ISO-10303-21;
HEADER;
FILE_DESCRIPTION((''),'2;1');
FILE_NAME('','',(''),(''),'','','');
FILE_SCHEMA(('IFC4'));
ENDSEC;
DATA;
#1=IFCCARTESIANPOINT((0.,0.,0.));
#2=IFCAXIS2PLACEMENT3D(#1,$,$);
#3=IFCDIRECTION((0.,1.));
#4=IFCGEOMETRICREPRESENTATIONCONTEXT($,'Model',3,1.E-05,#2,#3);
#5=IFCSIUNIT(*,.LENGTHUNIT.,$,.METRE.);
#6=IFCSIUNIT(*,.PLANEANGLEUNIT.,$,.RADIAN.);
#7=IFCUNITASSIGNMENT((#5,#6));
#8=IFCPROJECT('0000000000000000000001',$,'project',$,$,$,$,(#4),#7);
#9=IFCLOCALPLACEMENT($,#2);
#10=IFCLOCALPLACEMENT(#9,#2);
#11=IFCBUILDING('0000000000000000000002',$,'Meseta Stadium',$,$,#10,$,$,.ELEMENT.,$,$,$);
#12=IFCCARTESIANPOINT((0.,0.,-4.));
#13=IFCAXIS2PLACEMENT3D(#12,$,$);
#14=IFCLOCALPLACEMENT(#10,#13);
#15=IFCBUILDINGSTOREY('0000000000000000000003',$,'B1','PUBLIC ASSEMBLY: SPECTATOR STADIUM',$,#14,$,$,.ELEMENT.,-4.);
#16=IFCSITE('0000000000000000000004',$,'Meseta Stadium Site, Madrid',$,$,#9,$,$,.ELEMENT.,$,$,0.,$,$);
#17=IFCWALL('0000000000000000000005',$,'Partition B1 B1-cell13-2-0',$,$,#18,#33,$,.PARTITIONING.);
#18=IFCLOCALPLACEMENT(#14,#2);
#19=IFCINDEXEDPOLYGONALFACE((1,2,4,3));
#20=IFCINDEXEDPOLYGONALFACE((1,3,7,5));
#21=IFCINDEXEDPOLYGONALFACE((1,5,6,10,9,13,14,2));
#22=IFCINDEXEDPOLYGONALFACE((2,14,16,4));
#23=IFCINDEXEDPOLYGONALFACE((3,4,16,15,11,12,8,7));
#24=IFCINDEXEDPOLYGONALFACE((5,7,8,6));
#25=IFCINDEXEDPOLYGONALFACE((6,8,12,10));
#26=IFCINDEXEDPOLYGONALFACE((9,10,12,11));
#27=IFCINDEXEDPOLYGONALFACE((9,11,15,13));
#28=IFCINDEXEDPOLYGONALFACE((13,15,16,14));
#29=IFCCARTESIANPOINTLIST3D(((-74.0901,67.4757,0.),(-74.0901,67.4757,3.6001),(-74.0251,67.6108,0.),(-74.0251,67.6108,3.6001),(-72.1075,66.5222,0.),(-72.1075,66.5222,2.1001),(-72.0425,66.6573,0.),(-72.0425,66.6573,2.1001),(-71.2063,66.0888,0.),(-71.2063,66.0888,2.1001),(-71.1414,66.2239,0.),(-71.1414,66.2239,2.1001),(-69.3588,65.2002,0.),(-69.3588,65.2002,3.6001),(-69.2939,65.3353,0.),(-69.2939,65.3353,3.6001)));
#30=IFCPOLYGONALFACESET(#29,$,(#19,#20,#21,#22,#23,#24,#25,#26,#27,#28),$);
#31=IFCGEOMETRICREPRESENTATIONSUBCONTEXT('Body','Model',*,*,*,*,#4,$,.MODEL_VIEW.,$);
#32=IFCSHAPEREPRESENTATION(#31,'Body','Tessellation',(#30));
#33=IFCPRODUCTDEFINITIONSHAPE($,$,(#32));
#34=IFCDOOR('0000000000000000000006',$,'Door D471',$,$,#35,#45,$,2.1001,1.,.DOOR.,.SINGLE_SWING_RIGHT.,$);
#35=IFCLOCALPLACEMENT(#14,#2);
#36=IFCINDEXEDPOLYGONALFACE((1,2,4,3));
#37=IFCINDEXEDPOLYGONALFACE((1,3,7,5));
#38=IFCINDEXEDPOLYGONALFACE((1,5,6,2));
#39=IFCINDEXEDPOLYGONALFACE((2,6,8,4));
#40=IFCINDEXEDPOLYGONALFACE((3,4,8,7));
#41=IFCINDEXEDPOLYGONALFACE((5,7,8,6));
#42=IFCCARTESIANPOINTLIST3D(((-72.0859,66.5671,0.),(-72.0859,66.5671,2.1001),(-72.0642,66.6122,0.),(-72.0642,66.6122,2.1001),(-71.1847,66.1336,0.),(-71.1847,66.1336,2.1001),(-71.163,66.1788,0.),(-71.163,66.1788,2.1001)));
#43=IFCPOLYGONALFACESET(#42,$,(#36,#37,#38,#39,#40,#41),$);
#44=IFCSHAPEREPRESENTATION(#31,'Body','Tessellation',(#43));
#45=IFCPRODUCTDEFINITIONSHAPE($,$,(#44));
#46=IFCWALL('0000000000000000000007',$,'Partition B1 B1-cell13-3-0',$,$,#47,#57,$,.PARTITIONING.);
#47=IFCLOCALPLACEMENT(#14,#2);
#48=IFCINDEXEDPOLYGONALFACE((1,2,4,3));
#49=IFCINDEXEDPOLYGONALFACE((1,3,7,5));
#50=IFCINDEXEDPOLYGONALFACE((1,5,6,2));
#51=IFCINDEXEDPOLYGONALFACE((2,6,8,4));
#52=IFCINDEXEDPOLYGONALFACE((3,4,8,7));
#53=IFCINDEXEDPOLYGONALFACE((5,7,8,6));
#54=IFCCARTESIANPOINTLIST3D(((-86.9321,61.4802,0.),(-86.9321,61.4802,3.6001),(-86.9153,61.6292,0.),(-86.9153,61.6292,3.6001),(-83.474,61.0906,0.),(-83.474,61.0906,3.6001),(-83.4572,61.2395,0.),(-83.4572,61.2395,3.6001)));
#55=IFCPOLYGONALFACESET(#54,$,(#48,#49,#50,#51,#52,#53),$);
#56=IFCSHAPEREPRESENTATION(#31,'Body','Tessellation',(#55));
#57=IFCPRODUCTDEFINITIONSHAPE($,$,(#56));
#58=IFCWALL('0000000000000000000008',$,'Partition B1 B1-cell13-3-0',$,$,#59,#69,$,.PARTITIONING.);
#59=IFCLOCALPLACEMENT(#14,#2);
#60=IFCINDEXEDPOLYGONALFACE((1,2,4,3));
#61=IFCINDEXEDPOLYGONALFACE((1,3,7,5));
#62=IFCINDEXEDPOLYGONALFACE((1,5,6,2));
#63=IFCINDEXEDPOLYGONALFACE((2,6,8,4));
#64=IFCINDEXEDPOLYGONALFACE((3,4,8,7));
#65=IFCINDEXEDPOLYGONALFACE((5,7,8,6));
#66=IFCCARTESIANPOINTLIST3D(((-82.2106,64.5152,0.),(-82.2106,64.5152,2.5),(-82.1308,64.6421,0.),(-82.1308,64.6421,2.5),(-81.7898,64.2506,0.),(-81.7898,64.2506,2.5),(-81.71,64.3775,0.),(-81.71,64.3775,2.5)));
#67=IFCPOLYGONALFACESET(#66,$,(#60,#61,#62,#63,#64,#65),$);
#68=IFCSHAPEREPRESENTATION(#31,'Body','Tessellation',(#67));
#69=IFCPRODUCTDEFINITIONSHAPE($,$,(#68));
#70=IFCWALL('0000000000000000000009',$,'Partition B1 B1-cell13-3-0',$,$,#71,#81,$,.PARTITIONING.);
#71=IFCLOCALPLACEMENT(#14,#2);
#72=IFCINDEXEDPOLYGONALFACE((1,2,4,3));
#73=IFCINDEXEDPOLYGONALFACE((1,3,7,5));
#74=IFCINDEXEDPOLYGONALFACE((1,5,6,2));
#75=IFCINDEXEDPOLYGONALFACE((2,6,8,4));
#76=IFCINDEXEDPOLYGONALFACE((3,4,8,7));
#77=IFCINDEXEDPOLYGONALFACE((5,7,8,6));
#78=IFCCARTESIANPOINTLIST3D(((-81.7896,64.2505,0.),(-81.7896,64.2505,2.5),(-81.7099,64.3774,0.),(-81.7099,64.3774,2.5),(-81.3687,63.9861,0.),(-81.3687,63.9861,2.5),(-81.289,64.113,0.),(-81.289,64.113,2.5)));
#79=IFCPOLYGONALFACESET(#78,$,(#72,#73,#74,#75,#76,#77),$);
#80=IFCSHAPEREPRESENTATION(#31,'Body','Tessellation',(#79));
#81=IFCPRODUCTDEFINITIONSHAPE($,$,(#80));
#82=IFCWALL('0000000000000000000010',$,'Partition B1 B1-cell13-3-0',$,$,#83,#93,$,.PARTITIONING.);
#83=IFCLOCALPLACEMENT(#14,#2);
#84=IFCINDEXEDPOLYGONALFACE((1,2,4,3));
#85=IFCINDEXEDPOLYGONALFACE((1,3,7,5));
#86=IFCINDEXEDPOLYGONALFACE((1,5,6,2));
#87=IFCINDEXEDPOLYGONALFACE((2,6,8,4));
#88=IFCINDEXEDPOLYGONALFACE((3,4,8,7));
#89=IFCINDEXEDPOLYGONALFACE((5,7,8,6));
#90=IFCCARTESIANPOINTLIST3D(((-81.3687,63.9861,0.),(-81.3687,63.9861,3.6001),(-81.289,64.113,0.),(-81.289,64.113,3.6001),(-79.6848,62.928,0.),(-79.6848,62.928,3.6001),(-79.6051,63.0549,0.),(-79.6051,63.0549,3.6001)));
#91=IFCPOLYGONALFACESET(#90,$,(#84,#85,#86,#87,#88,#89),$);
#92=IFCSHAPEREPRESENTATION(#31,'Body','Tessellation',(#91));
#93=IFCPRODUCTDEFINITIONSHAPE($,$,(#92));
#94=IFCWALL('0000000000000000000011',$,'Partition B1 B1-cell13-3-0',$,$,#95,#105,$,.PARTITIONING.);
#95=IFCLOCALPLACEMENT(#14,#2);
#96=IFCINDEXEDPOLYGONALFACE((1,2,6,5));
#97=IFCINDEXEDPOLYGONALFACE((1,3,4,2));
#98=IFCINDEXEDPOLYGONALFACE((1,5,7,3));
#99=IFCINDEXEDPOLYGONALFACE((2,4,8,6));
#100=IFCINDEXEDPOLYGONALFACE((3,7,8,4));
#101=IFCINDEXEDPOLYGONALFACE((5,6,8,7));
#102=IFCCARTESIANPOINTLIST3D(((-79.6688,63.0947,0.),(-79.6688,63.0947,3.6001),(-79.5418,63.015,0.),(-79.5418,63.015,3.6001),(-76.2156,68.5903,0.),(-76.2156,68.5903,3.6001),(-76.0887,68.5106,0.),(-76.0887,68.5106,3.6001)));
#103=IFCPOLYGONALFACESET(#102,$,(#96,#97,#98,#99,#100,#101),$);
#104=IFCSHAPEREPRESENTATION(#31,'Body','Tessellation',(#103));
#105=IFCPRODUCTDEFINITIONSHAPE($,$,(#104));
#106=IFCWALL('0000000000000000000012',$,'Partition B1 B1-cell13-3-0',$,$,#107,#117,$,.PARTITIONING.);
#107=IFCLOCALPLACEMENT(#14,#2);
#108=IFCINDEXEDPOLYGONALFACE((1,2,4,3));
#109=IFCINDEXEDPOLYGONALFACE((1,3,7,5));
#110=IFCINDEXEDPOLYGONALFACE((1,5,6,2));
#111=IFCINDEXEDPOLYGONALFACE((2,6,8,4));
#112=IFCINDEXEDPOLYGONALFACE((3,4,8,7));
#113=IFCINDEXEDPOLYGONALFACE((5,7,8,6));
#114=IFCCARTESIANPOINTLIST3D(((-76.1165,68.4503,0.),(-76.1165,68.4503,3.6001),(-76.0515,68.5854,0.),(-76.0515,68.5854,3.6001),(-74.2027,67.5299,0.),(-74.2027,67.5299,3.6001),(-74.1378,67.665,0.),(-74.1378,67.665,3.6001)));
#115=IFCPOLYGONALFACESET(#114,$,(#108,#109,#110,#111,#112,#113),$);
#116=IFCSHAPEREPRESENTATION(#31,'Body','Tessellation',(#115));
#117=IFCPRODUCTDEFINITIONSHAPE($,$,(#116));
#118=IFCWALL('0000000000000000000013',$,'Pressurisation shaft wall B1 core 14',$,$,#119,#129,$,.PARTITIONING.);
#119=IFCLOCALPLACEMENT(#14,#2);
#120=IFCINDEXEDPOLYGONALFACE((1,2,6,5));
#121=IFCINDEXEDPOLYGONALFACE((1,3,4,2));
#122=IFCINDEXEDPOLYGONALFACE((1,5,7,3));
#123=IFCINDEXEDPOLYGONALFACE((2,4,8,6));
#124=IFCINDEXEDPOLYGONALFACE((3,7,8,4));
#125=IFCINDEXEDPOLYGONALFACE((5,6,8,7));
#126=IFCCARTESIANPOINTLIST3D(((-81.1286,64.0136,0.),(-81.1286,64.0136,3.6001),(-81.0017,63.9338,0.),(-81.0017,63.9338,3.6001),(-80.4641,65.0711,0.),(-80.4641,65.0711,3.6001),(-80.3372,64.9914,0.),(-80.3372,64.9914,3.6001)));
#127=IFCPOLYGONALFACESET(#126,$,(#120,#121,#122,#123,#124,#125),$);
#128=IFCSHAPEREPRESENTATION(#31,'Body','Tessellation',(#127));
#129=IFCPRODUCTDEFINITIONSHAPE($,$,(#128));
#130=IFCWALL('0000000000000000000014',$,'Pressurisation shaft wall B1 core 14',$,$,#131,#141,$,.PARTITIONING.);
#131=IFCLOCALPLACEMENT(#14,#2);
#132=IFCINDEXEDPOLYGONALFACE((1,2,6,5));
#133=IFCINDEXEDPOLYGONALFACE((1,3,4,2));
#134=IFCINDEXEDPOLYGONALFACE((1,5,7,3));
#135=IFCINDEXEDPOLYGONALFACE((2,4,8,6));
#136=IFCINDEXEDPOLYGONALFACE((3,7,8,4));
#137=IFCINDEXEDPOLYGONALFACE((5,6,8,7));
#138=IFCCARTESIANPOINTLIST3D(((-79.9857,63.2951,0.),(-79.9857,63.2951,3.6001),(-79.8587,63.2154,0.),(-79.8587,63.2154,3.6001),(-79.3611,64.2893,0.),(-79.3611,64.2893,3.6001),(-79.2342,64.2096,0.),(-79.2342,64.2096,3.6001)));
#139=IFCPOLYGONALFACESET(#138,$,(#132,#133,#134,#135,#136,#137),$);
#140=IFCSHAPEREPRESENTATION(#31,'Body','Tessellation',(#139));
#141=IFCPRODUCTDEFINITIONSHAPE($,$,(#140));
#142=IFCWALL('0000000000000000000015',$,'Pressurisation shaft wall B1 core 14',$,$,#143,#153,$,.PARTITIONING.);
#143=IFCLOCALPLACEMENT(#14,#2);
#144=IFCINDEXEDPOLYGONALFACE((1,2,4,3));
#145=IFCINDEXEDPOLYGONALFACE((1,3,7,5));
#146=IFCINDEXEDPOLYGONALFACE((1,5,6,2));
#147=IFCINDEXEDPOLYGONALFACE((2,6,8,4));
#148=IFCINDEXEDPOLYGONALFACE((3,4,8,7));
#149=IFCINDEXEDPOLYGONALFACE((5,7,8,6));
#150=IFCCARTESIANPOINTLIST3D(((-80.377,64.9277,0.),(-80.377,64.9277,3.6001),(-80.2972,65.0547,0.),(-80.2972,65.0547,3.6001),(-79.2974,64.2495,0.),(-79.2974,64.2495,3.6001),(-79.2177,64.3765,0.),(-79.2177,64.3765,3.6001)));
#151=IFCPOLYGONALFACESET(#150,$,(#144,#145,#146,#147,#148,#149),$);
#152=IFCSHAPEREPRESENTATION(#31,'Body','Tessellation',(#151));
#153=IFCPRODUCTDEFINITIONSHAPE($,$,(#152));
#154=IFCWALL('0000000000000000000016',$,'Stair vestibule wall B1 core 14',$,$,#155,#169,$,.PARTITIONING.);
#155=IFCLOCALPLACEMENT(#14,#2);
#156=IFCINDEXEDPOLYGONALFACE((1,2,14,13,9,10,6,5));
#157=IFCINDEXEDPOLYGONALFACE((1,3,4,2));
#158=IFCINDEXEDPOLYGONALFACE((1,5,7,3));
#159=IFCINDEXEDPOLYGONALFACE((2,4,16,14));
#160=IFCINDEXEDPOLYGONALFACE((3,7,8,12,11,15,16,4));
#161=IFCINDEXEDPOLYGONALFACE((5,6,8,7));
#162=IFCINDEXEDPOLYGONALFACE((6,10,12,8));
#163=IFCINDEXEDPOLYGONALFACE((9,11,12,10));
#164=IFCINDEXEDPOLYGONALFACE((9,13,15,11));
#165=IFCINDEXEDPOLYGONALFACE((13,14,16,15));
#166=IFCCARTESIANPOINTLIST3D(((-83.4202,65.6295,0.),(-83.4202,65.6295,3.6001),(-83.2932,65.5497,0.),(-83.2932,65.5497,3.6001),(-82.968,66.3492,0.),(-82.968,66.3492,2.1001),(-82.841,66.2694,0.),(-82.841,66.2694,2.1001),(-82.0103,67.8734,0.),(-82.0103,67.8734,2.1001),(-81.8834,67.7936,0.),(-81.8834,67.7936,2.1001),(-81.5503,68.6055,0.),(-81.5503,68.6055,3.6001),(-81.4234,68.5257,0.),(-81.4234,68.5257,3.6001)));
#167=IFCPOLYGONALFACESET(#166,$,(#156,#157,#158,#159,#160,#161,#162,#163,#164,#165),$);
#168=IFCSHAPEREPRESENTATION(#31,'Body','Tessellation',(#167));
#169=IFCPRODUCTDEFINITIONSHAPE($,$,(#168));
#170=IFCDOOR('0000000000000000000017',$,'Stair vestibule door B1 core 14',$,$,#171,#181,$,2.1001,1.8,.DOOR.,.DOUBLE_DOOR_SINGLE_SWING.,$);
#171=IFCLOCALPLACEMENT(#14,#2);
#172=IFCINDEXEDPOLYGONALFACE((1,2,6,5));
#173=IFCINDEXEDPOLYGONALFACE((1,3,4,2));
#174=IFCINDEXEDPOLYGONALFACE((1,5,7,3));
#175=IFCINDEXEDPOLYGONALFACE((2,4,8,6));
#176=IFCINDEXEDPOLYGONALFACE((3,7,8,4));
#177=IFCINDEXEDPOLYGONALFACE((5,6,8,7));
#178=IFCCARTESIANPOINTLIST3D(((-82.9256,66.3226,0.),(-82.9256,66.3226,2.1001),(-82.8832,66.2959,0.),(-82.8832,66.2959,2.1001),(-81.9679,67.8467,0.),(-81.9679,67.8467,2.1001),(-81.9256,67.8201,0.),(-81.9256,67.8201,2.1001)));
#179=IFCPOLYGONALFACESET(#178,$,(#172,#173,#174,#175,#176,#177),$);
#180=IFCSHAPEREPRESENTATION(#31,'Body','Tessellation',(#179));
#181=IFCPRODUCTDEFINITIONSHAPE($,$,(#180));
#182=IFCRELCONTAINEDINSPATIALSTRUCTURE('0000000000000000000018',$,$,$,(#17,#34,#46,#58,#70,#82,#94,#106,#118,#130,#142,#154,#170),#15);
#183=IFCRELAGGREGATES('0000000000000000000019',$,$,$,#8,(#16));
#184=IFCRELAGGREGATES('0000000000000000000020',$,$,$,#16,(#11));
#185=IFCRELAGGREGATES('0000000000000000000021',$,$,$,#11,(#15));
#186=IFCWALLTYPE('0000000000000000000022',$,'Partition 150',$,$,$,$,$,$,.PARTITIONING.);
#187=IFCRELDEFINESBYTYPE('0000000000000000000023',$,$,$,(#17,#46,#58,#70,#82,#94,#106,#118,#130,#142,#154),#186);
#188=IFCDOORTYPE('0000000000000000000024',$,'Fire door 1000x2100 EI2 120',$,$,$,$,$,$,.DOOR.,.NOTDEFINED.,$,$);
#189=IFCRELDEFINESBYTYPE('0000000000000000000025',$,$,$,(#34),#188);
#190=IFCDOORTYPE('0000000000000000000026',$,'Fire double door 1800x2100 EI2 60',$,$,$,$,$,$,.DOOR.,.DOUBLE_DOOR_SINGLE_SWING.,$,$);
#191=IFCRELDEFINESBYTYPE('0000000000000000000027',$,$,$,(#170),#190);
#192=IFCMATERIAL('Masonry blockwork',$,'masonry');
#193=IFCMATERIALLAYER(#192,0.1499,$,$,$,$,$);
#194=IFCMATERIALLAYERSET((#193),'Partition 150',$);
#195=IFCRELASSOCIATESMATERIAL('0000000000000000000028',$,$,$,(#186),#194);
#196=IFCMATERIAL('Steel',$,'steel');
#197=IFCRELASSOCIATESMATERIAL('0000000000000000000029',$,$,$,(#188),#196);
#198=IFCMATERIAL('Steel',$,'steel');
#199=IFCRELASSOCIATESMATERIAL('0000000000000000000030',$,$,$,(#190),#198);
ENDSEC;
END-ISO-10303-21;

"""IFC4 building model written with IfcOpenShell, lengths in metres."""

from ifc_helpers import new_model, si_unit, direction, frame, frame_2d, origin, place, context, subcontext, project, spatial, rectangle, extrude, material, layer, layer_set, type_object, element, fill, save


model = new_model("IFC4")

# Units and contexts
model_context = context("Model", 3, precision=1e-05, world=origin(), true_north=direction((0.0, 1.0)))
body_context = subcontext(model_context, "Body", "Model", "MODEL_VIEW")
ifc_project = project(units=[si_unit("LENGTHUNIT", "METRE"), si_unit("PLANEANGLEUNIT", "RADIAN")], contexts=[model_context])

# Site, building, storey
site_placement = place(None, origin())
site = spatial("IfcSite", under=ifc_project, at=site_placement, Name="Meseta Stadium Site, Madrid", CompositionType="ELEMENT", RefElevation=0.0)
building_placement = place(site_placement, origin())
building = spatial("IfcBuilding", under=site, at=building_placement, Name="Meseta Stadium", CompositionType="ELEMENT")
storey_placement = place(building_placement, frame((0.0, 0.0, -4.0)))
storey = spatial("IfcBuildingStorey", under=building, at=storey_placement, Name="B1", Description="PUBLIC ASSEMBLY: SPECTATOR STADIUM", CompositionType="ELEMENT", Elevation=-4.0)

# Shared definitions
ifc_material_1 = material(Name="Masonry blockwork", Category="masonry")
ifc_layer_1 = layer(ifc_material_1, 0.1499)
ifc_layer_set_1 = layer_set([ifc_layer_1], Name="Partition 150")
wall_type_1 = type_object("IfcWallType", Name="Partition 150", PredefinedType="PARTITIONING", material=ifc_layer_set_1)

# Wall, opening, door
wall_1_placement = place(storey_placement, frame((-74.0576, 67.5432, 0.0), z_axis=(0.0, 0.0, 1.0), x_axis=(0.901195, -0.433414, 0.0)))
wall_1 = element("IfcWall", 1, at=wall_1_placement, inside=storey, type_object=wall_type_1, Name="Partition B1 B1-cell13-2-0", PredefinedType="PARTITIONING", context=body_context, shape_type="SweptSolid", body=[
    extrude(rectangle(XDim=5.25, YDim=0.1499, at=frame_2d((2.625, 0.0))), origin(), (0.0, 0.0, 1.0), 3.6001),
])
opening_1_placement = place(wall_1_placement, frame((2.2, 0.0, 0.0)))
opening_1 = element("IfcOpeningElement", 2, at=opening_1_placement, cuts=wall_1, PredefinedType="OPENING", context=body_context, shape_type="SweptSolid", body=[
    extrude(rectangle(XDim=1.0, YDim=2.1001, at=frame_2d((0.5, 1.05))), frame((0.0, 0.085, 0.0), z_axis=(0.0, -1.0, 0.0), x_axis=(1.0, 0.0, 0.0)), (0.0, 0.0, 1.0), 0.1699),
])
ifc_material_2 = material(Name="Steel", Category="steel")
door_type_1 = type_object("IfcDoorType", Name="Fire door 1000x2100 EI2 120", OperationType="NOTDEFINED", PredefinedType="DOOR", material=ifc_material_2)
door_1_placement = place(opening_1_placement, origin())
door_1 = element("IfcDoor", 3, at=door_1_placement, inside=storey, type_object=door_type_1, Name="Door D471", OperationType="SINGLE_SWING_RIGHT", OverallHeight=2.1001, OverallWidth=1.0, PredefinedType="DOOR", context=body_context, shape_type="SweptSolid", body=[
    extrude(rectangle(XDim=1.0, YDim=2.1001, at=frame_2d((0.5, 1.05))), frame((0.0, 0.0249, 0.0), z_axis=(0.0, -1.0, 0.0), x_axis=(1.0, 0.0, 0.0)), (0.0, 0.0, 1.0), 0.05),
])
fill(opening_1, door_1)

# Walls
wall_2_placement = place(storey_placement, frame((-83.4656, 61.165, 0.0), z_axis=(0.0, 0.0, 1.0), x_axis=(-0.993711, 0.111971, 0.0)))
element("IfcWall", 4, at=wall_2_placement, inside=storey, type_object=wall_type_1, Name="Partition B1 B1-cell13-3-0", PredefinedType="PARTITIONING", context=body_context, shape_type="SweptSolid", body=[
    extrude(rectangle(XDim=3.48, YDim=0.1499, at=frame_2d((1.74, 0.0))), origin(), (0.0, 0.0, 1.0), 3.6001),
])
for number, where, z_axis, x_axis, name in (
    (5, (-82.1707, 64.5786, 0.0), (0.0, 0.0, 1.0), (0.846561, -0.532292, 0.0), "Partition B1 B1-cell13-3-0"),
    (6, (-81.7498, 64.314, 0.0), (0.0, 0.0, 1.0), (0.846782, -0.53194, 0.0), "Partition B1 B1-cell13-3-0"),
):
    element("IfcWall", number, at=place(storey_placement, frame(where, z_axis=z_axis, x_axis=x_axis)), inside=storey, type_object=wall_type_1, Name=name, PredefinedType="PARTITIONING", context=body_context, shape_type="SweptSolid", body=[
        extrude(rectangle(XDim=0.4971, YDim=0.1499, at=frame_2d((0.2485, 0.0))), origin(), (0.0, 0.0, 1.0), 2.5),
    ])
wall_3_placement = place(storey_placement, frame((-81.3289, 64.0496, 0.0), z_axis=(0.0, 0.0, 1.0), x_axis=(0.846706, -0.532061, 0.0)))
element("IfcWall", 7, at=wall_3_placement, inside=storey, type_object=wall_type_1, Name="Partition B1 B1-cell13-3-0", PredefinedType="PARTITIONING", context=body_context, shape_type="SweptSolid", body=[
    extrude(rectangle(XDim=1.9888, YDim=0.1499, at=frame_2d((0.9944, 0.0))), origin(), (0.0, 0.0, 1.0), 3.6001),
])
wall_4_placement = place(storey_placement, frame((-79.6052, 63.0549, 0.0), z_axis=(0.0, 0.0, 1.0), x_axis=(0.532033, 0.846724, 0.0)))
element("IfcWall", 8, at=wall_4_placement, inside=storey, type_object=wall_type_1, Name="Partition B1 B1-cell13-3-0", PredefinedType="PARTITIONING", context=body_context, shape_type="SweptSolid", body=[
    extrude(rectangle(XDim=6.4905, YDim=0.1499, at=frame_2d((3.2451, 0.0))), origin(), (0.0, 0.0, 1.0), 3.6001),
])
wall_5_placement = place(storey_placement, frame((-76.084, 68.5178, 0.0), z_axis=(0.0, 0.0, 1.0), x_axis=(0.901196, -0.433411, 0.0)))
element("IfcWall", 9, at=wall_5_placement, inside=storey, type_object=wall_type_1, Name="Partition B1 B1-cell13-3-0", PredefinedType="PARTITIONING", context=body_context, shape_type="SweptSolid", body=[
    extrude(rectangle(XDim=2.1235, YDim=0.1499, at=frame_2d((1.0618, 0.0))), origin(), (0.0, 0.0, 1.0), 3.6001),
])
wall_6_placement = place(storey_placement, frame((-80.4006, 65.0312, 0.0), z_axis=(0.0, 0.0, 1.0), x_axis=(-0.532035, -0.846722, 0.0)))
element("IfcWall", 10, at=wall_6_placement, inside=storey, type_object=wall_type_1, Name="Pressurisation shaft wall B1 core 14", PredefinedType="PARTITIONING", context=body_context, shape_type="SweptSolid", body=[
    extrude(rectangle(XDim=1.249, YDim=0.1499, at=frame_2d((0.6245, 0.0))), origin(), (0.0, 0.0, 1.0), 3.6001),
])
wall_7_placement = place(storey_placement, frame((-79.9221, 63.2554, 0.0), z_axis=(0.0, 0.0, 1.0), x_axis=(0.531942, 0.846781, 0.0)))
element("IfcWall", 11, at=wall_7_placement, inside=storey, type_object=wall_type_1, Name="Pressurisation shaft wall B1 core 14", PredefinedType="PARTITIONING", context=body_context, shape_type="SweptSolid", body=[
    extrude(rectangle(XDim=1.1741, YDim=0.1499, at=frame_2d((0.5869, 0.0))), origin(), (0.0, 0.0, 1.0), 3.6001),
])
wall_8_placement = place(storey_placement, frame((-79.2576, 64.313, 0.0), z_axis=(0.0, 0.0, 1.0), x_axis=(-0.84677, 0.53196, 0.0)))
element("IfcWall", 12, at=wall_8_placement, inside=storey, type_object=wall_type_1, Name="Pressurisation shaft wall B1 core 14", PredefinedType="PARTITIONING", context=body_context, shape_type="SweptSolid", body=[
    extrude(rectangle(XDim=1.2749, YDim=0.1499, at=frame_2d((0.6375, 0.0))), origin(), (0.0, 0.0, 1.0), 3.6001),
])

# Wall, opening, door
wall_9_placement = place(storey_placement, frame((-83.3567, 65.5896, 0.0), z_axis=(0.0, 0.0, 1.0), x_axis=(0.532008, 0.846739, 0.0)))
wall_9 = element("IfcWall", 13, at=wall_9_placement, inside=storey, type_object=wall_type_1, Name="Stair vestibule wall B1 core 14", PredefinedType="PARTITIONING", context=body_context, shape_type="SweptSolid", body=[
    extrude(rectangle(XDim=3.5146, YDim=0.1499, at=frame_2d((1.7573, 0.0))), origin(), (0.0, 0.0, 1.0), 3.6001),
])
opening_2_placement = place(wall_9_placement, frame((0.8501, 0.0, 0.0)))
opening_2 = element("IfcOpeningElement", 14, at=opening_2_placement, cuts=wall_9, PredefinedType="OPENING", context=body_context, shape_type="SweptSolid", body=[
    extrude(rectangle(XDim=1.8, YDim=2.1001, at=frame_2d((0.8999, 1.05))), frame((0.0, 0.085, 0.0), z_axis=(0.0, -1.0, 0.0), x_axis=(1.0, 0.0, 0.0)), (0.0, 0.0, 1.0), 0.1699),
])
ifc_material_3 = material(Name="Steel", Category="steel")
door_type_2 = type_object("IfcDoorType", Name="Fire double door 1800x2100 EI2 60", OperationType="DOUBLE_DOOR_SINGLE_SWING", PredefinedType="DOOR", material=ifc_material_3)
door_2_placement = place(opening_2_placement, origin())
door_2 = element("IfcDoor", 15, at=door_2_placement, inside=storey, type_object=door_type_2, Name="Stair vestibule door B1 core 14", OperationType="DOUBLE_DOOR_SINGLE_SWING", OverallHeight=2.1001, OverallWidth=1.8, PredefinedType="DOOR", context=body_context, shape_type="SweptSolid", body=[
    extrude(rectangle(XDim=1.8, YDim=2.1001, at=frame_2d((0.8999, 1.05))), frame((0.0, 0.0249, 0.0), z_axis=(0.0, -1.0, 0.0), x_axis=(1.0, 0.0, 0.0)), (0.0, 0.0, 1.0), 0.05),
])
fill(opening_2, door_2)

save(model, "model.ifc")
